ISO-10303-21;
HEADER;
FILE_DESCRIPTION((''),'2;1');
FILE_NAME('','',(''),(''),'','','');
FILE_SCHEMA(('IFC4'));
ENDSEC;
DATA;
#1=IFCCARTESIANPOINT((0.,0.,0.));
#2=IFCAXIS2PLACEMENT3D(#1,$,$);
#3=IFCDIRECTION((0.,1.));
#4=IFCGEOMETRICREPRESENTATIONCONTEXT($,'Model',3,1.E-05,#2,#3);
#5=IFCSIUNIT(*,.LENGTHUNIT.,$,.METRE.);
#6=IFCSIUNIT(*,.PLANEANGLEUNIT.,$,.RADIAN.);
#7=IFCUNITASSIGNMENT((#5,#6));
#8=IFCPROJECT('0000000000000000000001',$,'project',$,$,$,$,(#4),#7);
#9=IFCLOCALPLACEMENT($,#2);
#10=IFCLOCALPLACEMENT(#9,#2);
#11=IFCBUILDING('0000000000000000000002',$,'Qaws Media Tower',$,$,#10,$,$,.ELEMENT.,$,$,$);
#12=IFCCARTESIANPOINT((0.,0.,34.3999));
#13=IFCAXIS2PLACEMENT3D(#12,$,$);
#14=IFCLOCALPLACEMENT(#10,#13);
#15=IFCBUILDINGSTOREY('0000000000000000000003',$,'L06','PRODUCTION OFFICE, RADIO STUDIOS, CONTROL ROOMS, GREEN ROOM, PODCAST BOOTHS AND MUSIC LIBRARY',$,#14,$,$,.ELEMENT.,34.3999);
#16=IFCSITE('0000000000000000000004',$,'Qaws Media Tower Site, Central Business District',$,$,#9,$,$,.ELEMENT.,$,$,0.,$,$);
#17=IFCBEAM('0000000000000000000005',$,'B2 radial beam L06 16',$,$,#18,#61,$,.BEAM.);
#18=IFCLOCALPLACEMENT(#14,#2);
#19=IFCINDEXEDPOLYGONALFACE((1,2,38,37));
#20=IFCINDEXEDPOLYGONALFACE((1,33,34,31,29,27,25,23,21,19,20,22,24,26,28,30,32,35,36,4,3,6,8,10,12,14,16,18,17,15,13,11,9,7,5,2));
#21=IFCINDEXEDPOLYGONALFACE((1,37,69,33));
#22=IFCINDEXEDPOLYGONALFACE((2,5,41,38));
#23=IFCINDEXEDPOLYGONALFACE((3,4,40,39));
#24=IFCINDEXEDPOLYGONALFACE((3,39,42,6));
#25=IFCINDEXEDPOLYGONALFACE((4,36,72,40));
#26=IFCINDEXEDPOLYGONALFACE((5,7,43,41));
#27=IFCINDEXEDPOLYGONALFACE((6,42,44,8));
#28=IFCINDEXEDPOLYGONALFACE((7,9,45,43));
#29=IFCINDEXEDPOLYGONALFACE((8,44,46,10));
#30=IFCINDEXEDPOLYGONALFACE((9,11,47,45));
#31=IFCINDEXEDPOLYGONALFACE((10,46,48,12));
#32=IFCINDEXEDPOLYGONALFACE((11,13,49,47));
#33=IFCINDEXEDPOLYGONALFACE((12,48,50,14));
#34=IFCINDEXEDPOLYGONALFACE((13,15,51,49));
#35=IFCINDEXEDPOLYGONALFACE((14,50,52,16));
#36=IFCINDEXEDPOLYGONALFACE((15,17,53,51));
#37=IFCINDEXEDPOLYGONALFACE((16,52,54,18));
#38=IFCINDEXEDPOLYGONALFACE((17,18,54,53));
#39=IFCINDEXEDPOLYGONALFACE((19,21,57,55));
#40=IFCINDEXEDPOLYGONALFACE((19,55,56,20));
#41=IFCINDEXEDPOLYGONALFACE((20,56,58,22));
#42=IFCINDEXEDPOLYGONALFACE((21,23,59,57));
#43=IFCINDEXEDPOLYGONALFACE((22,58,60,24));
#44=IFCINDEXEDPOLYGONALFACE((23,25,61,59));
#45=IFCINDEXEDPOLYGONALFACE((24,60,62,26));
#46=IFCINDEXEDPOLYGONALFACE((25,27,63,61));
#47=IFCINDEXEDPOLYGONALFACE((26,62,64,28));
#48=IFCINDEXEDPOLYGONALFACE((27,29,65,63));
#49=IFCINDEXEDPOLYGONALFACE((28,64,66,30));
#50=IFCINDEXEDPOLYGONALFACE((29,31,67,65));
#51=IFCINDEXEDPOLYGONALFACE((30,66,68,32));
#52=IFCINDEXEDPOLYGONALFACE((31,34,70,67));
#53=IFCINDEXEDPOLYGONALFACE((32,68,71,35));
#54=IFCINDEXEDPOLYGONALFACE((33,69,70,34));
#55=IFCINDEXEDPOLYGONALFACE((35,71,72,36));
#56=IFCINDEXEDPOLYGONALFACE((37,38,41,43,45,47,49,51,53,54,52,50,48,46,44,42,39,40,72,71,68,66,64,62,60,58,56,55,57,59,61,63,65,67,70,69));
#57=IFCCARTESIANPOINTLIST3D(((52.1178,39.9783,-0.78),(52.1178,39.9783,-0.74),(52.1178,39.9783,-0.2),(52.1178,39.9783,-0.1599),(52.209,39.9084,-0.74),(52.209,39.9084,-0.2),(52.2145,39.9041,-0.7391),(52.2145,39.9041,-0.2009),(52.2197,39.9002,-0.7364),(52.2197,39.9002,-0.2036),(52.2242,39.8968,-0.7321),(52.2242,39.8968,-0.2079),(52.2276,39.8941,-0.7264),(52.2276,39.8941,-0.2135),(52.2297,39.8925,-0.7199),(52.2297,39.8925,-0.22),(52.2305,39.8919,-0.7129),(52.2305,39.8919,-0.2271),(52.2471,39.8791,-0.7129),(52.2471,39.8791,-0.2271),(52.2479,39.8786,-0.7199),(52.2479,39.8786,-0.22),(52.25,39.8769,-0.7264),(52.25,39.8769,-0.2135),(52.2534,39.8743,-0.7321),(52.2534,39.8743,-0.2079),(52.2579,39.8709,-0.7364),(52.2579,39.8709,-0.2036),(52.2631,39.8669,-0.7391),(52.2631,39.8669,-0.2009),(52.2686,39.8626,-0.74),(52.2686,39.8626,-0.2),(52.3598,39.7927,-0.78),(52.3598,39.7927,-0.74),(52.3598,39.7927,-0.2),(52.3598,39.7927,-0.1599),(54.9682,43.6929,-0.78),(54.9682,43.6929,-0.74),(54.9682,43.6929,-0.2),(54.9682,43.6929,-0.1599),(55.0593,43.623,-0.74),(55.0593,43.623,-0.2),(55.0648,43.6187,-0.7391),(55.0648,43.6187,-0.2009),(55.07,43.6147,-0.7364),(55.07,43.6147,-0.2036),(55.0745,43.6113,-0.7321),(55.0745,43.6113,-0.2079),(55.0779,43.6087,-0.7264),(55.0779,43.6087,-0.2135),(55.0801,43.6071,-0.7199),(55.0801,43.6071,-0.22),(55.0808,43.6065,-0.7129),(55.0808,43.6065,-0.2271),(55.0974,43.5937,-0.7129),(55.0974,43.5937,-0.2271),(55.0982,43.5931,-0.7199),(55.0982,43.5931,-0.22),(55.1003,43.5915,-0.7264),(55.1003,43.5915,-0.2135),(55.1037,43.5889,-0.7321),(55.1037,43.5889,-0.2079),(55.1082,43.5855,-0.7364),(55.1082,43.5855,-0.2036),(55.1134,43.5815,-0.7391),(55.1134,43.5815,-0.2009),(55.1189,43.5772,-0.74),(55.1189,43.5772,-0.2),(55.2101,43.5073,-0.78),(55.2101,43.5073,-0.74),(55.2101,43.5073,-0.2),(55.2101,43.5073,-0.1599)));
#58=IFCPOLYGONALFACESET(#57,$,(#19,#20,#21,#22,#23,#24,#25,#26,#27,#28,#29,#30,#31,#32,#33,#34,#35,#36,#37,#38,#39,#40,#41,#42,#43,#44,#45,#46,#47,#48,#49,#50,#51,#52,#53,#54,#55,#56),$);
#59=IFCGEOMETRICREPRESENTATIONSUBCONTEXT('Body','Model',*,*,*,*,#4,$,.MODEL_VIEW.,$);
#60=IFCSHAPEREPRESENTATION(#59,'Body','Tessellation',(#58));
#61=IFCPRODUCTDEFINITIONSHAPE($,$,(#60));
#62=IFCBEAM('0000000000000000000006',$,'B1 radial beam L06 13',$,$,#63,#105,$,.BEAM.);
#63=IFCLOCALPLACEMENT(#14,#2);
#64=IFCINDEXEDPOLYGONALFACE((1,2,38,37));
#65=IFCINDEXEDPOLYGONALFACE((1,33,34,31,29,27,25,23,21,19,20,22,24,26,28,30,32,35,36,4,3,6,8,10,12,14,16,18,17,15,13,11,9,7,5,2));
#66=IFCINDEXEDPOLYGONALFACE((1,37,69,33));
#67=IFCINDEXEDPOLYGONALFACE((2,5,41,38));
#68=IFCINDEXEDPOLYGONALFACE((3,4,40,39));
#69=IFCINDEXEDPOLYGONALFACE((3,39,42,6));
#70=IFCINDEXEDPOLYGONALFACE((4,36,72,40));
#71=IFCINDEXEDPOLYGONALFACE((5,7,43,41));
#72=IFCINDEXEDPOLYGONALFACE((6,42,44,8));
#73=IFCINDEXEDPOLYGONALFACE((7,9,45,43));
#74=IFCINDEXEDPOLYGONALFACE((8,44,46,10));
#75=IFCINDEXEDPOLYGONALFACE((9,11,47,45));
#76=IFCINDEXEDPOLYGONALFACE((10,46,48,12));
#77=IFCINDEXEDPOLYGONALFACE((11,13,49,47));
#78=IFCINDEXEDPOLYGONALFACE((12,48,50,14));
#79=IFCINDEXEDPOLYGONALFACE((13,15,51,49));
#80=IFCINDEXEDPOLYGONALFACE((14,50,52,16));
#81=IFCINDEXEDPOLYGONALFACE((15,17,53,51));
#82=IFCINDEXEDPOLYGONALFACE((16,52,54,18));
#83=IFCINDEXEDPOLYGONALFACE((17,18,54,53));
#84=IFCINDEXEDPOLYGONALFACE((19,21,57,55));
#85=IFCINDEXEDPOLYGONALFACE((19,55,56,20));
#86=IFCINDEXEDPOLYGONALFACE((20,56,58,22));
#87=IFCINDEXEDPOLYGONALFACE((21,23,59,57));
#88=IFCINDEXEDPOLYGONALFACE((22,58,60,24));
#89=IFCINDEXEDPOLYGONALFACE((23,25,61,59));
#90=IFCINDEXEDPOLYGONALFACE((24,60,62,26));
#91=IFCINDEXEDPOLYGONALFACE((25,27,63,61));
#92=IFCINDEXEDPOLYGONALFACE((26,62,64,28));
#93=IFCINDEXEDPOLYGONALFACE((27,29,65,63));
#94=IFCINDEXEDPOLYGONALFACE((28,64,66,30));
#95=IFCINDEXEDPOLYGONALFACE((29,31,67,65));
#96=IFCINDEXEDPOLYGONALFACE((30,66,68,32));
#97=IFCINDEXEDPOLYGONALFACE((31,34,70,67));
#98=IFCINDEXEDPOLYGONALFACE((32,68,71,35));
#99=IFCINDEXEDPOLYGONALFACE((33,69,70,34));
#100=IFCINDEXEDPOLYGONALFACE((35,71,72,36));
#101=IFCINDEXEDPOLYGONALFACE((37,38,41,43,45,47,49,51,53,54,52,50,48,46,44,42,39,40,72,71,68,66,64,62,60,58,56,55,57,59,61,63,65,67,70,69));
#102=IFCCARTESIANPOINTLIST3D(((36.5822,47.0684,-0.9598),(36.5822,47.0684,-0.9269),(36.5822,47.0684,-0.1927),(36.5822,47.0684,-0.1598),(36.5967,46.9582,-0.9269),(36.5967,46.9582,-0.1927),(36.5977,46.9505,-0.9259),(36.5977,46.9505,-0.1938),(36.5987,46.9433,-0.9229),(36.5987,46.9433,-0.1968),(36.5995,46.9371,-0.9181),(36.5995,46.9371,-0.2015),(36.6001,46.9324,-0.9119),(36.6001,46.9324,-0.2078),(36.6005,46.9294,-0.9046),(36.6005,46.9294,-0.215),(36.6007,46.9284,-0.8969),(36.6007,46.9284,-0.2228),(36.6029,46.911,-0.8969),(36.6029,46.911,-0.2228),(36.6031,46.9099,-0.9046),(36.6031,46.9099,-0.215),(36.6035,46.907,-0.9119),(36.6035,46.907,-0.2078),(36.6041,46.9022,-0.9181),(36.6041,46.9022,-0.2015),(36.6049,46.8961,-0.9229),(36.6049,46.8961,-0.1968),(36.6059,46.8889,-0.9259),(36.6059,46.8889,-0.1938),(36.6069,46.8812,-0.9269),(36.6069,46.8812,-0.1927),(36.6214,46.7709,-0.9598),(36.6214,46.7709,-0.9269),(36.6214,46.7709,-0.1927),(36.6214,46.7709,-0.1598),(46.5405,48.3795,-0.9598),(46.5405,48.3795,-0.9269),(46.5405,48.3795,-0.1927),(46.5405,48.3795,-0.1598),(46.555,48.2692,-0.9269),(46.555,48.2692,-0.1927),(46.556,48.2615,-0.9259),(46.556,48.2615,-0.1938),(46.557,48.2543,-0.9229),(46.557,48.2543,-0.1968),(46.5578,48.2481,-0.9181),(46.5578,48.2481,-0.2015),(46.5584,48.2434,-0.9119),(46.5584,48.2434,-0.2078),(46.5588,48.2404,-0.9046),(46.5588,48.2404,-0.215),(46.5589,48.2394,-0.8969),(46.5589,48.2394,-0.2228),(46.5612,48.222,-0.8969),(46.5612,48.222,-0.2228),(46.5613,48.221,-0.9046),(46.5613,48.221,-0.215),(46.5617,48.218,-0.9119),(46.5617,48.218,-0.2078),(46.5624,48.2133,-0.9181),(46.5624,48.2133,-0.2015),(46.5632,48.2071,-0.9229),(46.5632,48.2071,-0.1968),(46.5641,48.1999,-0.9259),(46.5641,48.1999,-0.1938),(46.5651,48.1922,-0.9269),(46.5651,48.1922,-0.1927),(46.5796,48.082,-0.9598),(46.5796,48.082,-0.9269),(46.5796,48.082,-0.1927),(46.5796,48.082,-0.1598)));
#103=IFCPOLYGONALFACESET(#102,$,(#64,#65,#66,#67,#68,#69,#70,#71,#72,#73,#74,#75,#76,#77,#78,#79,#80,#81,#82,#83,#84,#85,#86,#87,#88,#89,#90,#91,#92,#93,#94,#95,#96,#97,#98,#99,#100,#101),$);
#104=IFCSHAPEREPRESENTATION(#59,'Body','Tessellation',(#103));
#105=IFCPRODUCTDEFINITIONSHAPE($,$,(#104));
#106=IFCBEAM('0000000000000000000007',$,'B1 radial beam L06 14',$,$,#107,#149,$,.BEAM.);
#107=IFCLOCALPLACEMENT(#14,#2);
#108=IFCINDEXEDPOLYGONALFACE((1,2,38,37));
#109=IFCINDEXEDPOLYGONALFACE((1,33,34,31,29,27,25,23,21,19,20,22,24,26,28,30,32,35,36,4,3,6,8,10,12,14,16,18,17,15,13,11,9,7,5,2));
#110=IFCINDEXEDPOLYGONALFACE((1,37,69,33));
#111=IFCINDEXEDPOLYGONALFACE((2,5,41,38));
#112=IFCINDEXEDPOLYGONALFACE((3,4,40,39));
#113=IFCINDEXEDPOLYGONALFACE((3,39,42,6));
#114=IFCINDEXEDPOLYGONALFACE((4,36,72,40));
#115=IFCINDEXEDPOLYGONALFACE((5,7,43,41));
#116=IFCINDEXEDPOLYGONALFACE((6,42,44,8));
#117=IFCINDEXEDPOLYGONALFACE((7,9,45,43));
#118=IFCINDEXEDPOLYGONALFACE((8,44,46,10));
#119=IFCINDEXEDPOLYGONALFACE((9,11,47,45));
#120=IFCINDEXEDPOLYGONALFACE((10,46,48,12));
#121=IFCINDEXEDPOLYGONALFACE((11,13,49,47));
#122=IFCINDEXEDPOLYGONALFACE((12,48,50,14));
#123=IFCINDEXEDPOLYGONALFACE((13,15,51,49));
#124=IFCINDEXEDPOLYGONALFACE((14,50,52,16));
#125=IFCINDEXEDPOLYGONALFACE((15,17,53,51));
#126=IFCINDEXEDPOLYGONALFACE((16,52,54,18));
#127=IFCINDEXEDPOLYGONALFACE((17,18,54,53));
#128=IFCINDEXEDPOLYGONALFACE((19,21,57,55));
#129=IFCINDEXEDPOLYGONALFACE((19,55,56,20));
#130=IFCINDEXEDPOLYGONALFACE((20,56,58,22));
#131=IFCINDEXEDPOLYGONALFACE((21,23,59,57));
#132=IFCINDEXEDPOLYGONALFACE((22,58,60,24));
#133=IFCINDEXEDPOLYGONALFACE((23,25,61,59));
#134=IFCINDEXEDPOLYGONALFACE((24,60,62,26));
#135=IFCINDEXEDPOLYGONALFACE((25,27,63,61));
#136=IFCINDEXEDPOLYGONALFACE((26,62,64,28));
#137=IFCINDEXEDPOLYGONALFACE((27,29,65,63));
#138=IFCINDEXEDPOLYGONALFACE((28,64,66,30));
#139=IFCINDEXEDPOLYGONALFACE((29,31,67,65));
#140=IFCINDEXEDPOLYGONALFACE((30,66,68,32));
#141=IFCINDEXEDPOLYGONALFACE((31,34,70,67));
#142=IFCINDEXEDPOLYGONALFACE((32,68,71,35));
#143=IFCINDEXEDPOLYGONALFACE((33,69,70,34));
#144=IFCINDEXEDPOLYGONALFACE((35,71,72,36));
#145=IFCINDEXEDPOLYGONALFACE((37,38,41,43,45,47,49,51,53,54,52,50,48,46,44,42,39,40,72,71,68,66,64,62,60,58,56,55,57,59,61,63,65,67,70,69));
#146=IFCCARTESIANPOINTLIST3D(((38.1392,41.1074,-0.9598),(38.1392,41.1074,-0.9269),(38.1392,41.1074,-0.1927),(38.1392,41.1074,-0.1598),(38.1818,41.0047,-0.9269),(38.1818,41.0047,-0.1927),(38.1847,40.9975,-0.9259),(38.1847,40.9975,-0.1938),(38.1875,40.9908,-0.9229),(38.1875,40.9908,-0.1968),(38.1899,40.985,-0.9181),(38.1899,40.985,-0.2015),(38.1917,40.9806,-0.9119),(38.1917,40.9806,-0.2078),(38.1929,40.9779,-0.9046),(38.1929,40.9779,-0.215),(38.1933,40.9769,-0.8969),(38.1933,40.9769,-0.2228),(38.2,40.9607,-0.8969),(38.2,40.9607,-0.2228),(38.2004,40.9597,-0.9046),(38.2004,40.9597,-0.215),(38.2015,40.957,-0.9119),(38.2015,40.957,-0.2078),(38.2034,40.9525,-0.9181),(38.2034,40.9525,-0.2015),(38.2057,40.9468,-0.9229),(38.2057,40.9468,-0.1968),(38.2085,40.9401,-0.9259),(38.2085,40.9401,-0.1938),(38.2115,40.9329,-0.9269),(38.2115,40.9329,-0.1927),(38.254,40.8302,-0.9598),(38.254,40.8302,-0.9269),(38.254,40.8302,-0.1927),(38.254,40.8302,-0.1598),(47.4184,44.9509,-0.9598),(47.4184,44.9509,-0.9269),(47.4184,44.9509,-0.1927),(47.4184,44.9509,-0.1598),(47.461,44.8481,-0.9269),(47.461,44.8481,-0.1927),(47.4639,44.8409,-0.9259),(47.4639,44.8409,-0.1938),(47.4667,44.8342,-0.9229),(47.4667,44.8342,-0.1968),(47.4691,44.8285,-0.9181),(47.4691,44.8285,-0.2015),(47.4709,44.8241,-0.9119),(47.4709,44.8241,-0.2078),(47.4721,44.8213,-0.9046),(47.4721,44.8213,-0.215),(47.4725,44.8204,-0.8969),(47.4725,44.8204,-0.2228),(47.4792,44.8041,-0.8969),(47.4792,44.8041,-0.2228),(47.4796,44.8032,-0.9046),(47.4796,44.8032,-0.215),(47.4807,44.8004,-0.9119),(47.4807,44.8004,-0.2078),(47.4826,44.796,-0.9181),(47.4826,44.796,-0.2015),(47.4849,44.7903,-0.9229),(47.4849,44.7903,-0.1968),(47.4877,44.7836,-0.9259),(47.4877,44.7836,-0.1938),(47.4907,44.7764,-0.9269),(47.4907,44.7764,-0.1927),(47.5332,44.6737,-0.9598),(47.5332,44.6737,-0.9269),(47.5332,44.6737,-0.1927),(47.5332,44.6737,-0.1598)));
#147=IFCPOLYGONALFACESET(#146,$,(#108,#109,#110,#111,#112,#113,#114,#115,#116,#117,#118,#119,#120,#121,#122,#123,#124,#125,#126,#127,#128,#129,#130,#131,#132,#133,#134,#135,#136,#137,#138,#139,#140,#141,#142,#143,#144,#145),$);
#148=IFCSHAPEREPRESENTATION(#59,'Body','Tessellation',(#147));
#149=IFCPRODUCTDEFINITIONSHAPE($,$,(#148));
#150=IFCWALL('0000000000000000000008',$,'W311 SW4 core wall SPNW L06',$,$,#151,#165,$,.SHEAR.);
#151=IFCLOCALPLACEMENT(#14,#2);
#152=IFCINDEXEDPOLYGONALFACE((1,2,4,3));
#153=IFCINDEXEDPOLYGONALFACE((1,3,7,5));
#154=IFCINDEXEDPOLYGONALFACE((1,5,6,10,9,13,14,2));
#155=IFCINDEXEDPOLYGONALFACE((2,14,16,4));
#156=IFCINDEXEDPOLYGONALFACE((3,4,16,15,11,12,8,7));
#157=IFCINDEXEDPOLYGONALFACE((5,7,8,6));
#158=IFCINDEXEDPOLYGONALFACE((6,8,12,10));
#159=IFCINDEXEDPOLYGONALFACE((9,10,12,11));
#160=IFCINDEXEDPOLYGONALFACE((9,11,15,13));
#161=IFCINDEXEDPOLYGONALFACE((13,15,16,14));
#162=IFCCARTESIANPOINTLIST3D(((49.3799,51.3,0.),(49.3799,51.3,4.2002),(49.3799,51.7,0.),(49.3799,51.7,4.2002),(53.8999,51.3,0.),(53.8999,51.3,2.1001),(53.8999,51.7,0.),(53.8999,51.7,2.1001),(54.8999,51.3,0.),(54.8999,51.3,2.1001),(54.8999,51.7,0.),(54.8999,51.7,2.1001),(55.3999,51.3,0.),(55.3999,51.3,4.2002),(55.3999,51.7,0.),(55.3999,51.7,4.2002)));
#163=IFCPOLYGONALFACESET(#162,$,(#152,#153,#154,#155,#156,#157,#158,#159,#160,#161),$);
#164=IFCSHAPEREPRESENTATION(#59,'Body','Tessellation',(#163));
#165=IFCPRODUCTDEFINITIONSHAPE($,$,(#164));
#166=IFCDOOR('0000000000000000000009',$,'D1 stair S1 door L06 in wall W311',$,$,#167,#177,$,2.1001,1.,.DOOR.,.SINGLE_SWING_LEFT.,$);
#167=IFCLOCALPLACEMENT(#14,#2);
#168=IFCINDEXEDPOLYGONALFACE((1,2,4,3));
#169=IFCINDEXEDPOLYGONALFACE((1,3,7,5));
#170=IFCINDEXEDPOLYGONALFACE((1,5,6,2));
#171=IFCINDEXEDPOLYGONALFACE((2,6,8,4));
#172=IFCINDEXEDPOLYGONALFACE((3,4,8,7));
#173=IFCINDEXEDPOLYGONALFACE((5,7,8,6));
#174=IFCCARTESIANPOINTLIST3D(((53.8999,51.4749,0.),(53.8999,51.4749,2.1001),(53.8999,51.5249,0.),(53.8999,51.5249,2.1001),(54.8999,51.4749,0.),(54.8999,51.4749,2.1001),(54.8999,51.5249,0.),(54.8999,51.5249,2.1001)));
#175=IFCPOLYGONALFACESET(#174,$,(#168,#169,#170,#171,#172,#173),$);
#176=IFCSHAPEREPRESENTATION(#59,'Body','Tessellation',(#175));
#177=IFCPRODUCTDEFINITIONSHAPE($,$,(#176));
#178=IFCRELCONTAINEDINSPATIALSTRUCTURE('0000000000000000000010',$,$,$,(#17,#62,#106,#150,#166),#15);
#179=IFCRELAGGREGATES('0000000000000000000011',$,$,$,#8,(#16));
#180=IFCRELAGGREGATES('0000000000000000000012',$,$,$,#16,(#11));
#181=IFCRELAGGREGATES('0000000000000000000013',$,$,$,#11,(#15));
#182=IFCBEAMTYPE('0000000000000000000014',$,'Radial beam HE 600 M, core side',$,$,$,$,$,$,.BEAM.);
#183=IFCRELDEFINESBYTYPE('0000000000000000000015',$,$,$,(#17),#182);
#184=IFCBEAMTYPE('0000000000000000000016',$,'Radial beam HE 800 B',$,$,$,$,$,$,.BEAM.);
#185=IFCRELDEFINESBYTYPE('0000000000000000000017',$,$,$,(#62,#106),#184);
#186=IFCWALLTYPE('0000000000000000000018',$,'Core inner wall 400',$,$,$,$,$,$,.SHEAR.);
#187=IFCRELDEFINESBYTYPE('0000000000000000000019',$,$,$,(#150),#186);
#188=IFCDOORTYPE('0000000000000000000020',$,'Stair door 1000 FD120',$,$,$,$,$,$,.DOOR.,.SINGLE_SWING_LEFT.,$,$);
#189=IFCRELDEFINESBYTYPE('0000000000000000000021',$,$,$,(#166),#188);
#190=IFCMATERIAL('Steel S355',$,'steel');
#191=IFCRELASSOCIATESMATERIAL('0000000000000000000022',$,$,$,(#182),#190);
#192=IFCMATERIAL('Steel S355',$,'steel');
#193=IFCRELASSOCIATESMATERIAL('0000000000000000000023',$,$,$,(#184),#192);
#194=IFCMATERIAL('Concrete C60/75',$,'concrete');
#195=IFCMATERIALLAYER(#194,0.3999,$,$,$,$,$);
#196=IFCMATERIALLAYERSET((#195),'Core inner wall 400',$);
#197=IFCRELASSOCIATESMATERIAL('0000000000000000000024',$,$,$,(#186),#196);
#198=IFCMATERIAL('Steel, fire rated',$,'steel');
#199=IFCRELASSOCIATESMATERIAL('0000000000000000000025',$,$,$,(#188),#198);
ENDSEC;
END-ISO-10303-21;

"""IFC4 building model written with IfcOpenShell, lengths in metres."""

from ifc_helpers import new_model, si_unit, direction, frame, frame_2d, origin, origin_2d, place, context, subcontext, project, spatial, rectangle, i_section, extrude, material, layer, layer_set, material_profile, profile_set, type_object, element, fill, save


model = new_model("IFC4")

# Units and contexts
model_context = context("Model", 3, precision=1e-05, world=origin(), true_north=direction((0.0, 1.0)))
body_context = subcontext(model_context, "Body", "Model", "MODEL_VIEW")
ifc_project = project(units=[si_unit("LENGTHUNIT", "METRE"), si_unit("PLANEANGLEUNIT", "RADIAN")], contexts=[model_context])

# Site, building, storey
site_placement = place(None, origin())
site = spatial("IfcSite", under=ifc_project, at=site_placement, Name="Qaws Media Tower Site, Central Business District", CompositionType="ELEMENT", RefElevation=0.0)
building_placement = place(site_placement, origin())
building = spatial("IfcBuilding", under=site, at=building_placement, Name="Qaws Media Tower", CompositionType="ELEMENT")
storey_placement = place(building_placement, frame((0.0, 0.0, 34.3999)))
storey = spatial("IfcBuildingStorey", under=building, at=storey_placement, Name="L06", Description="PRODUCTION OFFICE, RADIO STUDIOS, CONTROL ROOMS, GREEN ROOM, PODCAST BOOTHS AND MUSIC LIBRARY", CompositionType="ELEMENT", Elevation=34.3999)

# Beams
ifc_material_1 = material(Name="Steel S355", Category="steel")
ifc_material_profile_1 = material_profile(ifc_material_1, i_section(OverallWidth=0.3049, OverallDepth=0.6201, WebThickness=0.021, FlangeThickness=0.04, FilletRadius=0.0271, at=origin_2d()), Name="HE 600 M")
ifc_profile_set_1 = profile_set([ifc_material_profile_1], Name="Steel S355")
beam_type_1 = type_object("IfcBeamType", Name="Radial beam HE 600 M, core side", PredefinedType="BEAM", material=ifc_profile_set_1)
beam_1_placement = place(storey_placement, frame((55.0891, 43.6001, -0.47), z_axis=(-0.608765, -0.79335, 0.0), x_axis=(0.79335, -0.608765, 0.0)))
element("IfcBeam", 1, at=beam_1_placement, inside=storey, type_object=beam_type_1, Name="B2 radial beam L06 16", PredefinedType="BEAM", context=body_context, shape_type="SweptSolid", body=[
    extrude(i_section(OverallWidth=0.3049, OverallDepth=0.6201, WebThickness=0.021, FlangeThickness=0.04, FilletRadius=0.0271, at=origin_2d()), origin(), (0.0, 0.0, 1.0), 4.6821),
])
ifc_material_2 = material(Name="Steel S355", Category="steel")
ifc_material_profile_2 = material_profile(ifc_material_2, i_section(OverallWidth=0.3, OverallDepth=0.8, WebThickness=0.0176, FlangeThickness=0.033, FilletRadius=0.03, at=origin_2d()), Name="HE 800 B")
ifc_profile_set_2 = profile_set([ifc_material_profile_2], Name="Steel S355")
beam_type_2 = type_object("IfcBeamType", Name="Radial beam HE 800 B", PredefinedType="BEAM", material=ifc_profile_set_2)
beam_2_placement = place(storey_placement, frame((46.5601, 48.2307, -0.5598), z_axis=(-0.991445, -0.130527, 0.0), x_axis=(0.130527, -0.991445, 0.0)))
element("IfcBeam", 2, at=beam_2_placement, inside=storey, type_object=beam_type_2, Name="B1 radial beam L06 13", PredefinedType="BEAM", context=body_context, shape_type="SweptSolid", body=[
    extrude(i_section(OverallWidth=0.3, OverallDepth=0.8, WebThickness=0.0176, FlangeThickness=0.033, FilletRadius=0.03, at=origin_2d()), origin(), (0.0, 0.0, 1.0), 10.0442),
])
beam_3_placement = place(storey_placement, frame((47.4758, 44.8123, -0.5598), z_axis=(-0.923883, -0.382675, 0.0), x_axis=(0.382675, -0.923883, 0.0)))
element("IfcBeam", 3, at=beam_3_placement, inside=storey, type_object=beam_type_2, Name="B1 radial beam L06 14", PredefinedType="BEAM", context=body_context, shape_type="SweptSolid", body=[
    extrude(i_section(OverallWidth=0.3, OverallDepth=0.8, WebThickness=0.0176, FlangeThickness=0.033, FilletRadius=0.03, at=origin_2d()), origin(), (0.0, 0.0, 1.0), 10.0437),
])

# Wall, opening, door
ifc_material_3 = material(Name="Concrete C60/75", Category="concrete")
ifc_layer_1 = layer(ifc_material_3, 0.3999)
ifc_layer_set_1 = layer_set([ifc_layer_1], Name="Core inner wall 400")
wall_type_1 = type_object("IfcWallType", Name="Core inner wall 400", PredefinedType="SHEAR", material=ifc_layer_set_1)
wall_1_placement = place(storey_placement, frame((49.3799, 51.5, 0.0), z_axis=(0.0, 0.0, 1.0), x_axis=(1.0, 0.0, 0.0)))
wall_1 = element("IfcWall", 4, at=wall_1_placement, inside=storey, type_object=wall_type_1, Name="W311 SW4 core wall SPNW L06", PredefinedType="SHEAR", context=body_context, shape_type="SweptSolid", body=[
    extrude(rectangle(XDim=6.02, YDim=0.3999, at=frame_2d((3.01, 0.0))), origin(), (0.0, 0.0, 1.0), 4.2002),
])
opening_1_placement = place(wall_1_placement, frame((4.52, 0.0, 0.0)))
opening_1 = element("IfcOpeningElement", 5, at=opening_1_placement, cuts=wall_1, PredefinedType="OPENING", context=body_context, shape_type="SweptSolid", body=[
    extrude(rectangle(XDim=1.0, YDim=2.1001, at=frame_2d((0.5, 1.05))), frame((0.0, 0.21, 0.0), z_axis=(0.0, -1.0, 0.0), x_axis=(1.0, 0.0, 0.0)), (0.0, 0.0, 1.0), 0.4199),
])
ifc_material_4 = material(Name="Steel, fire rated", Category="steel")
door_type_1 = type_object("IfcDoorType", Name="Stair door 1000 FD120", OperationType="SINGLE_SWING_LEFT", PredefinedType="DOOR", material=ifc_material_4)
door_1_placement = place(opening_1_placement, origin())
door_1 = element("IfcDoor", 6, at=door_1_placement, inside=storey, type_object=door_type_1, Name="D1 stair S1 door L06 in wall W311", OperationType="SINGLE_SWING_LEFT", OverallHeight=2.1001, OverallWidth=1.0, PredefinedType="DOOR", context=body_context, shape_type="SweptSolid", body=[
    extrude(rectangle(XDim=1.0, YDim=2.1001, at=frame_2d((0.5, 1.05))), frame((0.0, 0.0249, 0.0), z_axis=(0.0, -1.0, 0.0), x_axis=(1.0, 0.0, 0.0)), (0.0, 0.0, 1.0), 0.05),
])
fill(opening_1, door_1)

save(model, "model.ifc")
